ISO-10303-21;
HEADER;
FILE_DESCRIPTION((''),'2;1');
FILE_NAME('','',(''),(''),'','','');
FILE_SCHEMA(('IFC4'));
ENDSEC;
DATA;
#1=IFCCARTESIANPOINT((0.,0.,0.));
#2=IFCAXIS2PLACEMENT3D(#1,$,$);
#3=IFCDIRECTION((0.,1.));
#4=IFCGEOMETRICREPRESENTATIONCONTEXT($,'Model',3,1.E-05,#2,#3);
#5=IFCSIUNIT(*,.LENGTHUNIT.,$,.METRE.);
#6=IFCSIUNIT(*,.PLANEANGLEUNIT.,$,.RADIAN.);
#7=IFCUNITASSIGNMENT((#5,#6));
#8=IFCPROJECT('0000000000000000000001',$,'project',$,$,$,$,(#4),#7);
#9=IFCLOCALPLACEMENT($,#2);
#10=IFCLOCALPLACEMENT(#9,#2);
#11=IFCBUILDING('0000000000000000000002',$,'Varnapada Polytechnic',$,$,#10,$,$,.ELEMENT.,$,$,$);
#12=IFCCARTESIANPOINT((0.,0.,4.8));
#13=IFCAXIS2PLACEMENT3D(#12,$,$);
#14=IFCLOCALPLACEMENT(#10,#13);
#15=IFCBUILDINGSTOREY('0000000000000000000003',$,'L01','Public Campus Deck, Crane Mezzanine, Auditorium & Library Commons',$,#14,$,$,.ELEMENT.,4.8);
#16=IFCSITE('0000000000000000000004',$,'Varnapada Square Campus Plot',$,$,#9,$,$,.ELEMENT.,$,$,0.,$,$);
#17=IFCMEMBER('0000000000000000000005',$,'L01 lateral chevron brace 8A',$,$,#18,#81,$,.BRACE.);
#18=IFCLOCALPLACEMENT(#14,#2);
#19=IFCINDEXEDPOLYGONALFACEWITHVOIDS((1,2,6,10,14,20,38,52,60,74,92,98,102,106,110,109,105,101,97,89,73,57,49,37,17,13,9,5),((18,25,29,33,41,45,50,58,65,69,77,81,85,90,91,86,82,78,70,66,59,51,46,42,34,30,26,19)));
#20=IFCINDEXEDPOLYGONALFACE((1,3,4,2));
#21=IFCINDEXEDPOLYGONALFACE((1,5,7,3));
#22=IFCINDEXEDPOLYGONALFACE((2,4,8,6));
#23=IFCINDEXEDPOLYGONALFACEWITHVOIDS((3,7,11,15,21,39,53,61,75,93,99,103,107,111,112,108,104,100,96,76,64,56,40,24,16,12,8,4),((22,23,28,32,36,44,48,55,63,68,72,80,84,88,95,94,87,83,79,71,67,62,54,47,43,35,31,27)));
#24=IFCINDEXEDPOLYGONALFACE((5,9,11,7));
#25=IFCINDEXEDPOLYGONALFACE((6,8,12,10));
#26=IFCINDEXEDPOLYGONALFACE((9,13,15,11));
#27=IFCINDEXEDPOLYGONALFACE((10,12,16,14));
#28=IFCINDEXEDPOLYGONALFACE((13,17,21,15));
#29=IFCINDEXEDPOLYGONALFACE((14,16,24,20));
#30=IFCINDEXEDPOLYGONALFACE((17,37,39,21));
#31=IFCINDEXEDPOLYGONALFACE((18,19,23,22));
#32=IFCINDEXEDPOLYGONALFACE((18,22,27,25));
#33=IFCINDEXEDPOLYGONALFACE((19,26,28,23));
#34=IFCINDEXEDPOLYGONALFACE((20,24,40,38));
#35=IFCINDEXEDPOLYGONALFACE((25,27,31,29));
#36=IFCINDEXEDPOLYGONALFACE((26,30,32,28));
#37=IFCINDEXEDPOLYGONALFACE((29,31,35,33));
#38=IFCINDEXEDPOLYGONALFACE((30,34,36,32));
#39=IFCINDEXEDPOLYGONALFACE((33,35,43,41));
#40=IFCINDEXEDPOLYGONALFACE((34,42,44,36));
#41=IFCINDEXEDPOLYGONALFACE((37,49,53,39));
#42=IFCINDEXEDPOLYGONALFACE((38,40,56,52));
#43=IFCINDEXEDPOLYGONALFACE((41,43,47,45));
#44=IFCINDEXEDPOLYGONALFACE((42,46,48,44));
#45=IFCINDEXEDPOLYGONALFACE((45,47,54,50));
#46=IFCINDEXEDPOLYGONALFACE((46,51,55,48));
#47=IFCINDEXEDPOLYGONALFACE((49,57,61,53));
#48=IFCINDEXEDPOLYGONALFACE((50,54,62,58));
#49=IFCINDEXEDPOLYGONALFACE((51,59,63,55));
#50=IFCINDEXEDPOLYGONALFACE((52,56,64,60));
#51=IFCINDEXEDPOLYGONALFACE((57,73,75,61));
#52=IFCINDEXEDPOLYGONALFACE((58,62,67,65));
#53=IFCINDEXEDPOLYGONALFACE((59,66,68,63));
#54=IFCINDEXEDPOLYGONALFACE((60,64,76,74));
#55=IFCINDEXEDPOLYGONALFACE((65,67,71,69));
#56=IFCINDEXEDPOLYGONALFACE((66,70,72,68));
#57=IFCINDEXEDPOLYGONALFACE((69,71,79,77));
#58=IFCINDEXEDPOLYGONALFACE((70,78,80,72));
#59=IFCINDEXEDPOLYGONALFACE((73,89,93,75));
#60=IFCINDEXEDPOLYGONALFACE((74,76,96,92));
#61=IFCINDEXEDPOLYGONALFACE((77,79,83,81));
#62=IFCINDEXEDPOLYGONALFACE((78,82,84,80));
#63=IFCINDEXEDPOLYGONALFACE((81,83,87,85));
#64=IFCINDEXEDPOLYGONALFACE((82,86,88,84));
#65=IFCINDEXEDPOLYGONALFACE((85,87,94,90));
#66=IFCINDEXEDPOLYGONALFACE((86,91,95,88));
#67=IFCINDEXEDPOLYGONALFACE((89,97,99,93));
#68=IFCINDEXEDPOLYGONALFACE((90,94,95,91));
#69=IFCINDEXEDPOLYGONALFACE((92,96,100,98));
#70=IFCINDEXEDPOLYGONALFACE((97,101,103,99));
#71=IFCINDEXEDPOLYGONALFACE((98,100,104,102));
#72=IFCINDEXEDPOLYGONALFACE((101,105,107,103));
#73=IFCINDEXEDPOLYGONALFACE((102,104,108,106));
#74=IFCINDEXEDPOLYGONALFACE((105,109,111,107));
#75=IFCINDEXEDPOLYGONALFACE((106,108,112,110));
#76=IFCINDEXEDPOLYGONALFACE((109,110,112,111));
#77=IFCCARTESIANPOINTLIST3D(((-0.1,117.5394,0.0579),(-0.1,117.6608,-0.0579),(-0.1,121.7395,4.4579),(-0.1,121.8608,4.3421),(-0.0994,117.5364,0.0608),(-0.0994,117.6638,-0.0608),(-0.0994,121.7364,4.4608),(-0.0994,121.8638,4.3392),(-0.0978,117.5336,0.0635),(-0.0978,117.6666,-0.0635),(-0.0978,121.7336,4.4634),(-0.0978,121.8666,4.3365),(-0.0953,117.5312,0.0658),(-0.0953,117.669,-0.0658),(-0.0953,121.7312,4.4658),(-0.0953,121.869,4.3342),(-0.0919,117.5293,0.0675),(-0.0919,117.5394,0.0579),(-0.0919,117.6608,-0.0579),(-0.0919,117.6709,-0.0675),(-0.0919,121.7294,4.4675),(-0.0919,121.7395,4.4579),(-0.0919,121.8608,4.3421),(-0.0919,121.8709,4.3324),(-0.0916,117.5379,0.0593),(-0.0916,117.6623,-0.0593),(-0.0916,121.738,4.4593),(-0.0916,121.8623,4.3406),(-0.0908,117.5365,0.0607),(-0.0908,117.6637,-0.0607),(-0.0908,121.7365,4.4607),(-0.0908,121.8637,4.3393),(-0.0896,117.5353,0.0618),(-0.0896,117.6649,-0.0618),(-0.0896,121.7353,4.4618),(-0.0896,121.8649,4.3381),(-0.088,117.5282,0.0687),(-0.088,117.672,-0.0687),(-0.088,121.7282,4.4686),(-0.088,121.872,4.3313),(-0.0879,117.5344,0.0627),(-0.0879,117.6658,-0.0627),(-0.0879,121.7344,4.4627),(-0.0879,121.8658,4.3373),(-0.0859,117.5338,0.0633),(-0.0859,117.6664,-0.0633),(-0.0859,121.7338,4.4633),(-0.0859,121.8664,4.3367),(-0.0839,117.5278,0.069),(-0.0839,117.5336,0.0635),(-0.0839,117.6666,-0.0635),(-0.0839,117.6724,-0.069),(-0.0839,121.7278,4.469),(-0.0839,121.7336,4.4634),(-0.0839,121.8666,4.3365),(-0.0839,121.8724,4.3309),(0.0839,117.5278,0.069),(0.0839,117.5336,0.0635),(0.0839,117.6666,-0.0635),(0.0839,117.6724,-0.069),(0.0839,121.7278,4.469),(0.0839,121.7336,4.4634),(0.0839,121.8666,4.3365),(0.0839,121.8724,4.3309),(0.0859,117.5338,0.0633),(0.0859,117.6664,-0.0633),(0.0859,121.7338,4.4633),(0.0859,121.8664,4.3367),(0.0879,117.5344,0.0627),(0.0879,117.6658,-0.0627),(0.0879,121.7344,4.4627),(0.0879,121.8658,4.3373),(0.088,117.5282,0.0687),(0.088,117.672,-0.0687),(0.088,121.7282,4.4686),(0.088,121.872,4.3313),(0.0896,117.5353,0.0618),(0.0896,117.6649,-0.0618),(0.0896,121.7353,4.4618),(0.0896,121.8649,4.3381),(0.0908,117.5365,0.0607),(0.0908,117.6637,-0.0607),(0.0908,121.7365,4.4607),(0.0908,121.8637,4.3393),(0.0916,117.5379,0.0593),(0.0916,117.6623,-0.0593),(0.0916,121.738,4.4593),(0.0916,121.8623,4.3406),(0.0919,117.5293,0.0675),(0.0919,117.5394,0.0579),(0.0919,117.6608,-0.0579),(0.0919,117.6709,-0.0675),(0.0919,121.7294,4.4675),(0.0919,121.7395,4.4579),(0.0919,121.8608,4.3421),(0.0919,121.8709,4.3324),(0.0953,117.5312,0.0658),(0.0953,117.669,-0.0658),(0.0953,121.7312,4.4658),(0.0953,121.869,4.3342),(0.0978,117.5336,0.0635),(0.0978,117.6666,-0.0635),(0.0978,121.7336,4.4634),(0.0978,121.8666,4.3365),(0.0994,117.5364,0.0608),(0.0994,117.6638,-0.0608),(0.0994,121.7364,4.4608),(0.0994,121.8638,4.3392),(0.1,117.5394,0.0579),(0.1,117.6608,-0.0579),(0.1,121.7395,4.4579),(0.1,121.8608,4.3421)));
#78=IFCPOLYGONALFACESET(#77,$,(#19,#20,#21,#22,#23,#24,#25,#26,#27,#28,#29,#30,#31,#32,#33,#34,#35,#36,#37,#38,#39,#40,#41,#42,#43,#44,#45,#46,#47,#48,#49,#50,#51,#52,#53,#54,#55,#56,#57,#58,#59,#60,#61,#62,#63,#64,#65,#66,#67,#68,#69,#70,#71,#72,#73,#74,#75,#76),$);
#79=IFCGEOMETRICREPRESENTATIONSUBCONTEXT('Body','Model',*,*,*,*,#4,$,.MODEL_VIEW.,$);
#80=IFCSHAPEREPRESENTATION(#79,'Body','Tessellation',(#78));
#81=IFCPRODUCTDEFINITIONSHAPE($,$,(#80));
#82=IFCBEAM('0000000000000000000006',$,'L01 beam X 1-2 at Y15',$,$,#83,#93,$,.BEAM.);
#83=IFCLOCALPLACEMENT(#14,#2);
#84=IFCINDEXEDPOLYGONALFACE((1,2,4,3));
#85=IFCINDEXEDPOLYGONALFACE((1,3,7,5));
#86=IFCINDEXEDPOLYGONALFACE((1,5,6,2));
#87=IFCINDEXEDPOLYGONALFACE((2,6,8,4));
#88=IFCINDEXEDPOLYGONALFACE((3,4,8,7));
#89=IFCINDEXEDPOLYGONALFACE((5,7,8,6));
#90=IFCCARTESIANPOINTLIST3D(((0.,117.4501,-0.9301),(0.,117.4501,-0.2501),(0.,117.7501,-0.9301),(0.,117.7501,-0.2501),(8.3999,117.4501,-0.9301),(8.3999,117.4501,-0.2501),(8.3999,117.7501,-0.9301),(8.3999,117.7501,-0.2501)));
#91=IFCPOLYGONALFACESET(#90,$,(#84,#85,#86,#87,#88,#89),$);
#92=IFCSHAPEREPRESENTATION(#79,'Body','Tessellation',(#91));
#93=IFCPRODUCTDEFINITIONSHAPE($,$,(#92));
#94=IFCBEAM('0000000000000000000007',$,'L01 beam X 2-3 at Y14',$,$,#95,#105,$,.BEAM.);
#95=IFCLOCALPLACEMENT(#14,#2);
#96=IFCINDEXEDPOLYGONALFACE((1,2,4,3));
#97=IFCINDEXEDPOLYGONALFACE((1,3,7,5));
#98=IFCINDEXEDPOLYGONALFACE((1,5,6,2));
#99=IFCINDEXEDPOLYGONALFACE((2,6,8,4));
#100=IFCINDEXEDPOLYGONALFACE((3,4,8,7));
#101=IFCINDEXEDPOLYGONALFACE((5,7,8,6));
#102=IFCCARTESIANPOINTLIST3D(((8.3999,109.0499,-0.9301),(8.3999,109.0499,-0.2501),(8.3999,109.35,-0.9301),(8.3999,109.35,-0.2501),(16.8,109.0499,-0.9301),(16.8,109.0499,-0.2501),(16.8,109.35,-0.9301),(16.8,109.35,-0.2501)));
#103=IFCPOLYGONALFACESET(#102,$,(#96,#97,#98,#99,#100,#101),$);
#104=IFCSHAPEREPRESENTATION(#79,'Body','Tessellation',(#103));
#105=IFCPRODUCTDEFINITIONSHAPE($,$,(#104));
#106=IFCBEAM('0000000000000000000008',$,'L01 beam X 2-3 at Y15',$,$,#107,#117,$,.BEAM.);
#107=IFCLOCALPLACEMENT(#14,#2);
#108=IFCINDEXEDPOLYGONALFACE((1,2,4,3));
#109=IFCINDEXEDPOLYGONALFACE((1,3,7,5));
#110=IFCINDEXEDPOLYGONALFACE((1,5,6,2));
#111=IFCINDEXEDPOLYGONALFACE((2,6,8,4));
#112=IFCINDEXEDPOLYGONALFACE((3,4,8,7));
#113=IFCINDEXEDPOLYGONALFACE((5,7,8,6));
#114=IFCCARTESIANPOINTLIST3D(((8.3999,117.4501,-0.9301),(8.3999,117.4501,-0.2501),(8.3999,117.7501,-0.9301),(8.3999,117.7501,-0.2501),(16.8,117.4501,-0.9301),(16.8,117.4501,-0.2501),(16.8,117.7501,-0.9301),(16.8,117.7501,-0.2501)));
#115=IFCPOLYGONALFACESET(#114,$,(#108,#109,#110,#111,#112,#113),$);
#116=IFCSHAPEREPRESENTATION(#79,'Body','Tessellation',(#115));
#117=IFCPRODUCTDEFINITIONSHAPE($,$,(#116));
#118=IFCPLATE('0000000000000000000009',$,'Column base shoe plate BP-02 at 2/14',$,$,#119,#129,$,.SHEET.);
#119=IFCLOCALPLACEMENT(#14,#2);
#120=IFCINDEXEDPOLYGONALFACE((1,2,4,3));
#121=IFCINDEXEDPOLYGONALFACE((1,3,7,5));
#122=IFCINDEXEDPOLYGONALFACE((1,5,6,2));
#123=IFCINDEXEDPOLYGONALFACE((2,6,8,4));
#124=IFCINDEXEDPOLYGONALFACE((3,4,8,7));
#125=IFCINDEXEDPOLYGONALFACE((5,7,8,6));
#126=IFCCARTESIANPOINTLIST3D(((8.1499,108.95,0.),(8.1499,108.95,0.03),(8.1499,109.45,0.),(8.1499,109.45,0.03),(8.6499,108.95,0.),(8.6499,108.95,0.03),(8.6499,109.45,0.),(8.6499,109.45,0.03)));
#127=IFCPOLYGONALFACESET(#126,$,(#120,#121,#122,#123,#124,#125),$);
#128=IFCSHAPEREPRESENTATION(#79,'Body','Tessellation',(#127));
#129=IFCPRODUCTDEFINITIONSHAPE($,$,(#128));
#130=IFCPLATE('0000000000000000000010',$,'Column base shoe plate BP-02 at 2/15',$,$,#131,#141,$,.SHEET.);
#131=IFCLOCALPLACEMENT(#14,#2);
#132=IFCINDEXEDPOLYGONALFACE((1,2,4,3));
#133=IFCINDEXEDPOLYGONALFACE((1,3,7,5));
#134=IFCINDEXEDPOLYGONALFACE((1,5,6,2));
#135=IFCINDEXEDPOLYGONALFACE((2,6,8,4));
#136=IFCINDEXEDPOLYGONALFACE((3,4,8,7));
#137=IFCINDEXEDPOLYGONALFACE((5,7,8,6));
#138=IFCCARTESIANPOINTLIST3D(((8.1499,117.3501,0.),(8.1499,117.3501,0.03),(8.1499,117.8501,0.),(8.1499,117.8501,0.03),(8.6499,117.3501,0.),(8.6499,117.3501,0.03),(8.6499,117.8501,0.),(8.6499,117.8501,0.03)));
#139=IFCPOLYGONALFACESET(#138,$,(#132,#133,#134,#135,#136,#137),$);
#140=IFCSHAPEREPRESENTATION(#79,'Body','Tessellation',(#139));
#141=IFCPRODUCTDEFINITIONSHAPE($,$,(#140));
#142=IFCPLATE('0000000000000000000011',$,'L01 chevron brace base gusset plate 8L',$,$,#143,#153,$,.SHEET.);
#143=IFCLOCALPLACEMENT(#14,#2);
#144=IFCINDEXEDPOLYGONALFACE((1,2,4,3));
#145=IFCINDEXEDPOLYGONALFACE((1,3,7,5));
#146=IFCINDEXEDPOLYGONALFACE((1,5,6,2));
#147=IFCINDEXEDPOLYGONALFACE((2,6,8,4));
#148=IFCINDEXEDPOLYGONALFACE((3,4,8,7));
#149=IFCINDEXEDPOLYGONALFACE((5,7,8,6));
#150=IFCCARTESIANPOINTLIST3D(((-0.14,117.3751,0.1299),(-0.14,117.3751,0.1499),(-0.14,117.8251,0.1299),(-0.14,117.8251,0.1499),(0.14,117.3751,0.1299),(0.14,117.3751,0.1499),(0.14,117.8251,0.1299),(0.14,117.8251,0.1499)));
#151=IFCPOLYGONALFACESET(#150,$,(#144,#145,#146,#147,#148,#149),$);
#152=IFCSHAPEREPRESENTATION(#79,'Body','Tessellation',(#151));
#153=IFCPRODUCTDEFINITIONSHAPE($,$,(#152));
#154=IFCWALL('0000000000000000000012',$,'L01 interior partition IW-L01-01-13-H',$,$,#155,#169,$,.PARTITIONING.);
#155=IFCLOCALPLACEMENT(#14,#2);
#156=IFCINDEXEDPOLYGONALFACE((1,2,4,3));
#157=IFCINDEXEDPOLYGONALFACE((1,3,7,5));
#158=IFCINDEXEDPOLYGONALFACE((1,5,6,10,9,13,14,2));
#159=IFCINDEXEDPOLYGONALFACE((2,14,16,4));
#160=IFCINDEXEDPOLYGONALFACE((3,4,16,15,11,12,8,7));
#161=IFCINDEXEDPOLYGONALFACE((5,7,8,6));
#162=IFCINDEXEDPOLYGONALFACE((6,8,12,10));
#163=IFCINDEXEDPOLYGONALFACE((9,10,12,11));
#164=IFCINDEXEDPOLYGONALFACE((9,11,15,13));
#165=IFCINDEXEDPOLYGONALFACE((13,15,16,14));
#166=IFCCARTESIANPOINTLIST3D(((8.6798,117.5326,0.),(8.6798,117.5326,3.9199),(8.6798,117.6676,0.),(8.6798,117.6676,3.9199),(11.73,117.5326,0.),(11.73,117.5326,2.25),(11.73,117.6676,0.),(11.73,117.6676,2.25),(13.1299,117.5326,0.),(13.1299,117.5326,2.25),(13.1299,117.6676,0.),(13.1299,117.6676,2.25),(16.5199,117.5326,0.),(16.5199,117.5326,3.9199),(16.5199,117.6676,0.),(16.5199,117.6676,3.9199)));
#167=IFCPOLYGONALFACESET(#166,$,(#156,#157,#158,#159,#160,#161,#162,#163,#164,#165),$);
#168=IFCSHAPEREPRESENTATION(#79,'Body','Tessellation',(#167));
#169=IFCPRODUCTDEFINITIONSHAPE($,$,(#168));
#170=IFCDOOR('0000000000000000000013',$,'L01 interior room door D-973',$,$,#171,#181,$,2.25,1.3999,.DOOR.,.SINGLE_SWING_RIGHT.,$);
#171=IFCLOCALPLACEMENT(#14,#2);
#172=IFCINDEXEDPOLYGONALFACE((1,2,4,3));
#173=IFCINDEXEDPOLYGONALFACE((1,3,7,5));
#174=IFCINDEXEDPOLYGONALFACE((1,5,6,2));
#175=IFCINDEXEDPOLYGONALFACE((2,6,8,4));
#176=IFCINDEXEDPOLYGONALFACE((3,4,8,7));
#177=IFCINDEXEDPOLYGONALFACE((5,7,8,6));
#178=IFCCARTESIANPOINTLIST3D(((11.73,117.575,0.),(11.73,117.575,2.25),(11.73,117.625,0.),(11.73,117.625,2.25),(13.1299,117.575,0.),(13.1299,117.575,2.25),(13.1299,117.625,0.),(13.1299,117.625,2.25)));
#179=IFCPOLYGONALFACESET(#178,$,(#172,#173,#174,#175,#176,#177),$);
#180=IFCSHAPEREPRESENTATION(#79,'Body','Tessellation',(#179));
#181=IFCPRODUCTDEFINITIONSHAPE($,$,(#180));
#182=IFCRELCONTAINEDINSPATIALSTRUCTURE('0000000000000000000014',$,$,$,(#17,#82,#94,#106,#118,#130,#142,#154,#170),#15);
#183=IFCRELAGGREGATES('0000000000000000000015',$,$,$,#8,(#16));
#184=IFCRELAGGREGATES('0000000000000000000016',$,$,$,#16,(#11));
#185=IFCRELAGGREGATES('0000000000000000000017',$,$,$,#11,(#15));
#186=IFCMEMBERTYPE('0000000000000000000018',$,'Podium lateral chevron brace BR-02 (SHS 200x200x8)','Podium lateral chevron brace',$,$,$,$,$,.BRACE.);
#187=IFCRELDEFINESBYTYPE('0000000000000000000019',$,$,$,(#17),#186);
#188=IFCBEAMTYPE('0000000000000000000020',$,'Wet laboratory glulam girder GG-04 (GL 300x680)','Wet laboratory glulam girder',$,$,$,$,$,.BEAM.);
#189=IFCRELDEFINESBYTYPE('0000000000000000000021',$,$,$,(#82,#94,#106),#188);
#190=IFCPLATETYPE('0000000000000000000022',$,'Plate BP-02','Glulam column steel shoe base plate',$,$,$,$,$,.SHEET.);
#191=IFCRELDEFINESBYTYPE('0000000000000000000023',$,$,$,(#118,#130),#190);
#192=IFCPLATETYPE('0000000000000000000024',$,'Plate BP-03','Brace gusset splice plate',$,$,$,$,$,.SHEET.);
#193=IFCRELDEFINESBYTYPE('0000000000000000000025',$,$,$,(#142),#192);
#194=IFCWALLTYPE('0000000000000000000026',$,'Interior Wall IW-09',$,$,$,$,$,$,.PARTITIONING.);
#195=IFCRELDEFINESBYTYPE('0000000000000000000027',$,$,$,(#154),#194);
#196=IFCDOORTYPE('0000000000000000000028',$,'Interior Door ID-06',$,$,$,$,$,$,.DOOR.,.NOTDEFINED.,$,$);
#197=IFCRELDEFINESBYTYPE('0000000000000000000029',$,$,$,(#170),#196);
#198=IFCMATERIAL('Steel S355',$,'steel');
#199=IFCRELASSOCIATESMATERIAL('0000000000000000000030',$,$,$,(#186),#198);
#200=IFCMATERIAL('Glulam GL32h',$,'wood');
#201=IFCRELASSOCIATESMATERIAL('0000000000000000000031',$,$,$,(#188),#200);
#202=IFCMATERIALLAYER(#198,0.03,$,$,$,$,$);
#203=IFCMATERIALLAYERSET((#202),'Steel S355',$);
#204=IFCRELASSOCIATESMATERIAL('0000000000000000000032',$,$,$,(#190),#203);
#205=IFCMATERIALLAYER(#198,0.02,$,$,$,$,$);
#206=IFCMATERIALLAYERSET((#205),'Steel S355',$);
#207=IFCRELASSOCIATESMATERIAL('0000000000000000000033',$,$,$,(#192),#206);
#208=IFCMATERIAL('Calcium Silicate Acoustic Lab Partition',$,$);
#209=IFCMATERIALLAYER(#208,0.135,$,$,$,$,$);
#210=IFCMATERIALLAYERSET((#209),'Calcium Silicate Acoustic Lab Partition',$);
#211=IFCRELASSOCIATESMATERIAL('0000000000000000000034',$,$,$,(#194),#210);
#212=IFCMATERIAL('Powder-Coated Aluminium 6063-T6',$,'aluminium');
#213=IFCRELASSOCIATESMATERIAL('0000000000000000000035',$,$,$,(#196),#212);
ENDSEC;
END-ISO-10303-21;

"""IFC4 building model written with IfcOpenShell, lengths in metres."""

from ifc_helpers import new_model, si_unit, direction, frame, frame_2d, origin, origin_2d, place, context, subcontext, project, spatial, rectangle, hollow_rectangle, extrude, material, layer, layer_set, material_profile, profile_set, type_object, element, fill, save


model = new_model("IFC4")

# Units and contexts
model_context = context("Model", 3, precision=1e-05, world=origin(), true_north=direction((0.0, 1.0)))
body_context = subcontext(model_context, "Body", "Model", "MODEL_VIEW")
ifc_project = project(units=[si_unit("LENGTHUNIT", "METRE"), si_unit("PLANEANGLEUNIT", "RADIAN")], contexts=[model_context])

# Site, building, storey
site_placement = place(None, origin())
site = spatial("IfcSite", under=ifc_project, at=site_placement, Name="Varnapada Square Campus Plot", CompositionType="ELEMENT", RefElevation=0.0)
building_placement = place(site_placement, origin())
building = spatial("IfcBuilding", under=site, at=building_placement, Name="Varnapada Polytechnic", CompositionType="ELEMENT")
storey_placement = place(building_placement, frame((0.0, 0.0, 4.8)))
storey = spatial("IfcBuildingStorey", under=building, at=storey_placement, Name="L01", Description="Public Campus Deck, Crane Mezzanine, Auditorium & Library Commons", CompositionType="ELEMENT", Elevation=4.8)

# Shared definitions
ifc_material_1 = material(Name="Glulam GL32h", Category="wood")

# Member
ifc_material_2 = material(Name="Steel S355", Category="steel")
ifc_material_profile_1 = material_profile(ifc_material_2, hollow_rectangle(XDim=0.2, YDim=0.2, WallThickness=0.0081, InnerFilletRadius=0.0081, OuterFilletRadius=0.0161, at=origin_2d()), Name="SHS 200x200x8")
ifc_profile_set_1 = profile_set([ifc_material_profile_1], Name="Steel S355")
member_type = type_object("IfcMemberType", Name="Podium lateral chevron brace BR-02 (SHS 200x200x8)", Description="Podium lateral chevron brace", PredefinedType="BRACE", material=ifc_profile_set_1)
member_placement = place(storey_placement, frame((0.0, 117.6001, 0.0), z_axis=(0.0, 0.69048, 0.723352), x_axis=(-1.0, 0.0, 0.0)))
element("IfcMember", 1, at=member_placement, inside=storey, type_object=member_type, Name="L01 lateral chevron brace 8A", PredefinedType="BRACE", context=body_context, shape_type="SweptSolid", body=[
    extrude(hollow_rectangle(XDim=0.2, YDim=0.2, WallThickness=0.0081, InnerFilletRadius=0.0081, OuterFilletRadius=0.0161, at=origin_2d()), origin(), (0.0, 0.0, 1.0), 6.0828),
])

# Beams
ifc_material_profile_2 = material_profile(ifc_material_1, rectangle(XDim=0.3, YDim=0.6799, at=origin_2d()), Name="GL 300x680")
ifc_profile_set_2 = profile_set([ifc_material_profile_2], Name="Glulam GL32h")
beam_type_1 = type_object("IfcBeamType", Name="Wet laboratory glulam girder GG-04 (GL 300x680)", Description="Wet laboratory glulam girder", PredefinedType="BEAM", material=ifc_profile_set_2)
beam_1_placement = place(storey_placement, frame((0.0, 117.6001, -0.5901), z_axis=(1.0, 0.0, 0.0), x_axis=(0.0, 1.0, 0.0)))
element("IfcBeam", 2, at=beam_1_placement, inside=storey, type_object=beam_type_1, Name="L01 beam X 1-2 at Y15", PredefinedType="BEAM", context=body_context, shape_type="SweptSolid", body=[
    extrude(rectangle(XDim=0.3, YDim=0.6799, at=origin_2d()), origin(), (0.0, 0.0, 1.0), 8.3999),
])
for number, where, z_axis, x_axis, name in (
    (3, (8.3999, 109.2, -0.5901), (1.0, 0.0, 0.0), (0.0, 1.0, 0.0), "L01 beam X 2-3 at Y14"),
    (4, (8.3999, 117.6001, -0.5901), (1.0, 0.0, 0.0), (0.0, 1.0, 0.0), "L01 beam X 2-3 at Y15"),
):
    element("IfcBeam", number, at=place(storey_placement, frame(where, z_axis=z_axis, x_axis=x_axis)), inside=storey, type_object=beam_type_1, Name=name, PredefinedType="BEAM", context=body_context, shape_type="SweptSolid", body=[
        extrude(rectangle(XDim=0.3, YDim=0.6799, at=origin_2d()), origin(), (0.0, 0.0, 1.0), 8.4001),
    ])

# Plates
ifc_layer_1 = layer(ifc_material_2, 0.03)
ifc_layer_set_1 = layer_set([ifc_layer_1], Name="Steel S355")
plate_type_1 = type_object("IfcPlateType", Name="Plate BP-02", Description="Glulam column steel shoe base plate", PredefinedType="SHEET", material=ifc_layer_set_1)
for number, where, z_axis, x_axis, name in (
    (5, (8.3999, 109.2, 0.0), (0.0, 0.0, 1.0), (1.0, 0.0, 0.0), "Column base shoe plate BP-02 at 2/14"),
    (6, (8.3999, 117.6001, 0.0), (0.0, 0.0, 1.0), (1.0, 0.0, 0.0), "Column base shoe plate BP-02 at 2/15"),
):
    element("IfcPlate", number, at=place(storey_placement, frame(where, z_axis=z_axis, x_axis=x_axis)), inside=storey, type_object=plate_type_1, Name=name, PredefinedType="SHEET", context=body_context, shape_type="SweptSolid", body=[
        extrude(rectangle(XDim=0.5, YDim=0.5, at=origin_2d()), origin(), (0.0, 0.0, 1.0), 0.03),
    ])
ifc_layer_2 = layer(ifc_material_2, 0.02)
ifc_layer_set_2 = layer_set([ifc_layer_2], Name="Steel S355")
plate_type_2 = type_object("IfcPlateType", Name="Plate BP-03", Description="Brace gusset splice plate", PredefinedType="SHEET", material=ifc_layer_set_2)
plate_placement = place(storey_placement, frame((0.0, 117.6001, 0.1299), z_axis=(0.0, 0.0, 1.0), x_axis=(0.0, 1.0, 0.0)))
element("IfcPlate", 7, at=plate_placement, inside=storey, type_object=plate_type_2, Name="L01 chevron brace base gusset plate 8L", PredefinedType="SHEET", context=body_context, shape_type="SweptSolid", body=[
    extrude(rectangle(XDim=0.45, YDim=0.28, at=origin_2d()), origin(), (0.0, 0.0, 1.0), 0.02),
])

# Wall, opening, door
ifc_material_3 = material(Name="Calcium Silicate Acoustic Lab Partition")
ifc_layer_3 = layer(ifc_material_3, 0.135)
ifc_layer_set_3 = layer_set([ifc_layer_3], Name="Calcium Silicate Acoustic Lab Partition")
wall_type_1 = type_object("IfcWallType", Name="Interior Wall IW-09", PredefinedType="PARTITIONING", material=ifc_layer_set_3)
wall_1_placement = place(storey_placement, frame((8.6799, 117.6001, 0.0), z_axis=(0.0, 0.0, 1.0), x_axis=(1.0, 0.0, 0.0)))
wall_1 = element("IfcWall", 8, at=wall_1_placement, inside=storey, type_object=wall_type_1, Name="L01 interior partition IW-L01-01-13-H", PredefinedType="PARTITIONING", context=body_context, shape_type="SweptSolid", body=[
    extrude(rectangle(XDim=7.8401, YDim=0.135, at=frame_2d((3.9199, 0.0))), origin(), (0.0, 0.0, 1.0), 3.9199),
])
opening_1_placement = place(wall_1_placement, frame((3.05, 0.0, 0.0)))
opening_1 = element("IfcOpeningElement", 9, at=opening_1_placement, cuts=wall_1, PredefinedType="OPENING", context=body_context, shape_type="SweptSolid", body=[
    extrude(rectangle(XDim=1.3999, YDim=2.25, at=frame_2d((0.7, 1.125))), frame((0.0, 0.0774, 0.0), z_axis=(0.0, -1.0, 0.0), x_axis=(1.0, 0.0, 0.0)), (0.0, 0.0, 1.0), 0.155),
])
ifc_material_4 = material(Name="Powder-Coated Aluminium 6063-T6", Category="aluminium")
door_type_1 = type_object("IfcDoorType", Name="Interior Door ID-06", OperationType="NOTDEFINED", PredefinedType="DOOR", material=ifc_material_4)
door_1_placement = place(opening_1_placement, origin())
door_1 = element("IfcDoor", 10, at=door_1_placement, inside=storey, type_object=door_type_1, Name="L01 interior room door D-973", OperationType="SINGLE_SWING_RIGHT", OverallHeight=2.25, OverallWidth=1.3999, PredefinedType="DOOR", context=body_context, shape_type="SweptSolid", body=[
    extrude(rectangle(XDim=1.3999, YDim=2.25, at=frame_2d((0.7, 1.125))), frame((0.0, 0.0249, 0.0), z_axis=(0.0, -1.0, 0.0), x_axis=(1.0, 0.0, 0.0)), (0.0, 0.0, 1.0), 0.05),
])
fill(opening_1, door_1)

save(model, "model.ifc")
